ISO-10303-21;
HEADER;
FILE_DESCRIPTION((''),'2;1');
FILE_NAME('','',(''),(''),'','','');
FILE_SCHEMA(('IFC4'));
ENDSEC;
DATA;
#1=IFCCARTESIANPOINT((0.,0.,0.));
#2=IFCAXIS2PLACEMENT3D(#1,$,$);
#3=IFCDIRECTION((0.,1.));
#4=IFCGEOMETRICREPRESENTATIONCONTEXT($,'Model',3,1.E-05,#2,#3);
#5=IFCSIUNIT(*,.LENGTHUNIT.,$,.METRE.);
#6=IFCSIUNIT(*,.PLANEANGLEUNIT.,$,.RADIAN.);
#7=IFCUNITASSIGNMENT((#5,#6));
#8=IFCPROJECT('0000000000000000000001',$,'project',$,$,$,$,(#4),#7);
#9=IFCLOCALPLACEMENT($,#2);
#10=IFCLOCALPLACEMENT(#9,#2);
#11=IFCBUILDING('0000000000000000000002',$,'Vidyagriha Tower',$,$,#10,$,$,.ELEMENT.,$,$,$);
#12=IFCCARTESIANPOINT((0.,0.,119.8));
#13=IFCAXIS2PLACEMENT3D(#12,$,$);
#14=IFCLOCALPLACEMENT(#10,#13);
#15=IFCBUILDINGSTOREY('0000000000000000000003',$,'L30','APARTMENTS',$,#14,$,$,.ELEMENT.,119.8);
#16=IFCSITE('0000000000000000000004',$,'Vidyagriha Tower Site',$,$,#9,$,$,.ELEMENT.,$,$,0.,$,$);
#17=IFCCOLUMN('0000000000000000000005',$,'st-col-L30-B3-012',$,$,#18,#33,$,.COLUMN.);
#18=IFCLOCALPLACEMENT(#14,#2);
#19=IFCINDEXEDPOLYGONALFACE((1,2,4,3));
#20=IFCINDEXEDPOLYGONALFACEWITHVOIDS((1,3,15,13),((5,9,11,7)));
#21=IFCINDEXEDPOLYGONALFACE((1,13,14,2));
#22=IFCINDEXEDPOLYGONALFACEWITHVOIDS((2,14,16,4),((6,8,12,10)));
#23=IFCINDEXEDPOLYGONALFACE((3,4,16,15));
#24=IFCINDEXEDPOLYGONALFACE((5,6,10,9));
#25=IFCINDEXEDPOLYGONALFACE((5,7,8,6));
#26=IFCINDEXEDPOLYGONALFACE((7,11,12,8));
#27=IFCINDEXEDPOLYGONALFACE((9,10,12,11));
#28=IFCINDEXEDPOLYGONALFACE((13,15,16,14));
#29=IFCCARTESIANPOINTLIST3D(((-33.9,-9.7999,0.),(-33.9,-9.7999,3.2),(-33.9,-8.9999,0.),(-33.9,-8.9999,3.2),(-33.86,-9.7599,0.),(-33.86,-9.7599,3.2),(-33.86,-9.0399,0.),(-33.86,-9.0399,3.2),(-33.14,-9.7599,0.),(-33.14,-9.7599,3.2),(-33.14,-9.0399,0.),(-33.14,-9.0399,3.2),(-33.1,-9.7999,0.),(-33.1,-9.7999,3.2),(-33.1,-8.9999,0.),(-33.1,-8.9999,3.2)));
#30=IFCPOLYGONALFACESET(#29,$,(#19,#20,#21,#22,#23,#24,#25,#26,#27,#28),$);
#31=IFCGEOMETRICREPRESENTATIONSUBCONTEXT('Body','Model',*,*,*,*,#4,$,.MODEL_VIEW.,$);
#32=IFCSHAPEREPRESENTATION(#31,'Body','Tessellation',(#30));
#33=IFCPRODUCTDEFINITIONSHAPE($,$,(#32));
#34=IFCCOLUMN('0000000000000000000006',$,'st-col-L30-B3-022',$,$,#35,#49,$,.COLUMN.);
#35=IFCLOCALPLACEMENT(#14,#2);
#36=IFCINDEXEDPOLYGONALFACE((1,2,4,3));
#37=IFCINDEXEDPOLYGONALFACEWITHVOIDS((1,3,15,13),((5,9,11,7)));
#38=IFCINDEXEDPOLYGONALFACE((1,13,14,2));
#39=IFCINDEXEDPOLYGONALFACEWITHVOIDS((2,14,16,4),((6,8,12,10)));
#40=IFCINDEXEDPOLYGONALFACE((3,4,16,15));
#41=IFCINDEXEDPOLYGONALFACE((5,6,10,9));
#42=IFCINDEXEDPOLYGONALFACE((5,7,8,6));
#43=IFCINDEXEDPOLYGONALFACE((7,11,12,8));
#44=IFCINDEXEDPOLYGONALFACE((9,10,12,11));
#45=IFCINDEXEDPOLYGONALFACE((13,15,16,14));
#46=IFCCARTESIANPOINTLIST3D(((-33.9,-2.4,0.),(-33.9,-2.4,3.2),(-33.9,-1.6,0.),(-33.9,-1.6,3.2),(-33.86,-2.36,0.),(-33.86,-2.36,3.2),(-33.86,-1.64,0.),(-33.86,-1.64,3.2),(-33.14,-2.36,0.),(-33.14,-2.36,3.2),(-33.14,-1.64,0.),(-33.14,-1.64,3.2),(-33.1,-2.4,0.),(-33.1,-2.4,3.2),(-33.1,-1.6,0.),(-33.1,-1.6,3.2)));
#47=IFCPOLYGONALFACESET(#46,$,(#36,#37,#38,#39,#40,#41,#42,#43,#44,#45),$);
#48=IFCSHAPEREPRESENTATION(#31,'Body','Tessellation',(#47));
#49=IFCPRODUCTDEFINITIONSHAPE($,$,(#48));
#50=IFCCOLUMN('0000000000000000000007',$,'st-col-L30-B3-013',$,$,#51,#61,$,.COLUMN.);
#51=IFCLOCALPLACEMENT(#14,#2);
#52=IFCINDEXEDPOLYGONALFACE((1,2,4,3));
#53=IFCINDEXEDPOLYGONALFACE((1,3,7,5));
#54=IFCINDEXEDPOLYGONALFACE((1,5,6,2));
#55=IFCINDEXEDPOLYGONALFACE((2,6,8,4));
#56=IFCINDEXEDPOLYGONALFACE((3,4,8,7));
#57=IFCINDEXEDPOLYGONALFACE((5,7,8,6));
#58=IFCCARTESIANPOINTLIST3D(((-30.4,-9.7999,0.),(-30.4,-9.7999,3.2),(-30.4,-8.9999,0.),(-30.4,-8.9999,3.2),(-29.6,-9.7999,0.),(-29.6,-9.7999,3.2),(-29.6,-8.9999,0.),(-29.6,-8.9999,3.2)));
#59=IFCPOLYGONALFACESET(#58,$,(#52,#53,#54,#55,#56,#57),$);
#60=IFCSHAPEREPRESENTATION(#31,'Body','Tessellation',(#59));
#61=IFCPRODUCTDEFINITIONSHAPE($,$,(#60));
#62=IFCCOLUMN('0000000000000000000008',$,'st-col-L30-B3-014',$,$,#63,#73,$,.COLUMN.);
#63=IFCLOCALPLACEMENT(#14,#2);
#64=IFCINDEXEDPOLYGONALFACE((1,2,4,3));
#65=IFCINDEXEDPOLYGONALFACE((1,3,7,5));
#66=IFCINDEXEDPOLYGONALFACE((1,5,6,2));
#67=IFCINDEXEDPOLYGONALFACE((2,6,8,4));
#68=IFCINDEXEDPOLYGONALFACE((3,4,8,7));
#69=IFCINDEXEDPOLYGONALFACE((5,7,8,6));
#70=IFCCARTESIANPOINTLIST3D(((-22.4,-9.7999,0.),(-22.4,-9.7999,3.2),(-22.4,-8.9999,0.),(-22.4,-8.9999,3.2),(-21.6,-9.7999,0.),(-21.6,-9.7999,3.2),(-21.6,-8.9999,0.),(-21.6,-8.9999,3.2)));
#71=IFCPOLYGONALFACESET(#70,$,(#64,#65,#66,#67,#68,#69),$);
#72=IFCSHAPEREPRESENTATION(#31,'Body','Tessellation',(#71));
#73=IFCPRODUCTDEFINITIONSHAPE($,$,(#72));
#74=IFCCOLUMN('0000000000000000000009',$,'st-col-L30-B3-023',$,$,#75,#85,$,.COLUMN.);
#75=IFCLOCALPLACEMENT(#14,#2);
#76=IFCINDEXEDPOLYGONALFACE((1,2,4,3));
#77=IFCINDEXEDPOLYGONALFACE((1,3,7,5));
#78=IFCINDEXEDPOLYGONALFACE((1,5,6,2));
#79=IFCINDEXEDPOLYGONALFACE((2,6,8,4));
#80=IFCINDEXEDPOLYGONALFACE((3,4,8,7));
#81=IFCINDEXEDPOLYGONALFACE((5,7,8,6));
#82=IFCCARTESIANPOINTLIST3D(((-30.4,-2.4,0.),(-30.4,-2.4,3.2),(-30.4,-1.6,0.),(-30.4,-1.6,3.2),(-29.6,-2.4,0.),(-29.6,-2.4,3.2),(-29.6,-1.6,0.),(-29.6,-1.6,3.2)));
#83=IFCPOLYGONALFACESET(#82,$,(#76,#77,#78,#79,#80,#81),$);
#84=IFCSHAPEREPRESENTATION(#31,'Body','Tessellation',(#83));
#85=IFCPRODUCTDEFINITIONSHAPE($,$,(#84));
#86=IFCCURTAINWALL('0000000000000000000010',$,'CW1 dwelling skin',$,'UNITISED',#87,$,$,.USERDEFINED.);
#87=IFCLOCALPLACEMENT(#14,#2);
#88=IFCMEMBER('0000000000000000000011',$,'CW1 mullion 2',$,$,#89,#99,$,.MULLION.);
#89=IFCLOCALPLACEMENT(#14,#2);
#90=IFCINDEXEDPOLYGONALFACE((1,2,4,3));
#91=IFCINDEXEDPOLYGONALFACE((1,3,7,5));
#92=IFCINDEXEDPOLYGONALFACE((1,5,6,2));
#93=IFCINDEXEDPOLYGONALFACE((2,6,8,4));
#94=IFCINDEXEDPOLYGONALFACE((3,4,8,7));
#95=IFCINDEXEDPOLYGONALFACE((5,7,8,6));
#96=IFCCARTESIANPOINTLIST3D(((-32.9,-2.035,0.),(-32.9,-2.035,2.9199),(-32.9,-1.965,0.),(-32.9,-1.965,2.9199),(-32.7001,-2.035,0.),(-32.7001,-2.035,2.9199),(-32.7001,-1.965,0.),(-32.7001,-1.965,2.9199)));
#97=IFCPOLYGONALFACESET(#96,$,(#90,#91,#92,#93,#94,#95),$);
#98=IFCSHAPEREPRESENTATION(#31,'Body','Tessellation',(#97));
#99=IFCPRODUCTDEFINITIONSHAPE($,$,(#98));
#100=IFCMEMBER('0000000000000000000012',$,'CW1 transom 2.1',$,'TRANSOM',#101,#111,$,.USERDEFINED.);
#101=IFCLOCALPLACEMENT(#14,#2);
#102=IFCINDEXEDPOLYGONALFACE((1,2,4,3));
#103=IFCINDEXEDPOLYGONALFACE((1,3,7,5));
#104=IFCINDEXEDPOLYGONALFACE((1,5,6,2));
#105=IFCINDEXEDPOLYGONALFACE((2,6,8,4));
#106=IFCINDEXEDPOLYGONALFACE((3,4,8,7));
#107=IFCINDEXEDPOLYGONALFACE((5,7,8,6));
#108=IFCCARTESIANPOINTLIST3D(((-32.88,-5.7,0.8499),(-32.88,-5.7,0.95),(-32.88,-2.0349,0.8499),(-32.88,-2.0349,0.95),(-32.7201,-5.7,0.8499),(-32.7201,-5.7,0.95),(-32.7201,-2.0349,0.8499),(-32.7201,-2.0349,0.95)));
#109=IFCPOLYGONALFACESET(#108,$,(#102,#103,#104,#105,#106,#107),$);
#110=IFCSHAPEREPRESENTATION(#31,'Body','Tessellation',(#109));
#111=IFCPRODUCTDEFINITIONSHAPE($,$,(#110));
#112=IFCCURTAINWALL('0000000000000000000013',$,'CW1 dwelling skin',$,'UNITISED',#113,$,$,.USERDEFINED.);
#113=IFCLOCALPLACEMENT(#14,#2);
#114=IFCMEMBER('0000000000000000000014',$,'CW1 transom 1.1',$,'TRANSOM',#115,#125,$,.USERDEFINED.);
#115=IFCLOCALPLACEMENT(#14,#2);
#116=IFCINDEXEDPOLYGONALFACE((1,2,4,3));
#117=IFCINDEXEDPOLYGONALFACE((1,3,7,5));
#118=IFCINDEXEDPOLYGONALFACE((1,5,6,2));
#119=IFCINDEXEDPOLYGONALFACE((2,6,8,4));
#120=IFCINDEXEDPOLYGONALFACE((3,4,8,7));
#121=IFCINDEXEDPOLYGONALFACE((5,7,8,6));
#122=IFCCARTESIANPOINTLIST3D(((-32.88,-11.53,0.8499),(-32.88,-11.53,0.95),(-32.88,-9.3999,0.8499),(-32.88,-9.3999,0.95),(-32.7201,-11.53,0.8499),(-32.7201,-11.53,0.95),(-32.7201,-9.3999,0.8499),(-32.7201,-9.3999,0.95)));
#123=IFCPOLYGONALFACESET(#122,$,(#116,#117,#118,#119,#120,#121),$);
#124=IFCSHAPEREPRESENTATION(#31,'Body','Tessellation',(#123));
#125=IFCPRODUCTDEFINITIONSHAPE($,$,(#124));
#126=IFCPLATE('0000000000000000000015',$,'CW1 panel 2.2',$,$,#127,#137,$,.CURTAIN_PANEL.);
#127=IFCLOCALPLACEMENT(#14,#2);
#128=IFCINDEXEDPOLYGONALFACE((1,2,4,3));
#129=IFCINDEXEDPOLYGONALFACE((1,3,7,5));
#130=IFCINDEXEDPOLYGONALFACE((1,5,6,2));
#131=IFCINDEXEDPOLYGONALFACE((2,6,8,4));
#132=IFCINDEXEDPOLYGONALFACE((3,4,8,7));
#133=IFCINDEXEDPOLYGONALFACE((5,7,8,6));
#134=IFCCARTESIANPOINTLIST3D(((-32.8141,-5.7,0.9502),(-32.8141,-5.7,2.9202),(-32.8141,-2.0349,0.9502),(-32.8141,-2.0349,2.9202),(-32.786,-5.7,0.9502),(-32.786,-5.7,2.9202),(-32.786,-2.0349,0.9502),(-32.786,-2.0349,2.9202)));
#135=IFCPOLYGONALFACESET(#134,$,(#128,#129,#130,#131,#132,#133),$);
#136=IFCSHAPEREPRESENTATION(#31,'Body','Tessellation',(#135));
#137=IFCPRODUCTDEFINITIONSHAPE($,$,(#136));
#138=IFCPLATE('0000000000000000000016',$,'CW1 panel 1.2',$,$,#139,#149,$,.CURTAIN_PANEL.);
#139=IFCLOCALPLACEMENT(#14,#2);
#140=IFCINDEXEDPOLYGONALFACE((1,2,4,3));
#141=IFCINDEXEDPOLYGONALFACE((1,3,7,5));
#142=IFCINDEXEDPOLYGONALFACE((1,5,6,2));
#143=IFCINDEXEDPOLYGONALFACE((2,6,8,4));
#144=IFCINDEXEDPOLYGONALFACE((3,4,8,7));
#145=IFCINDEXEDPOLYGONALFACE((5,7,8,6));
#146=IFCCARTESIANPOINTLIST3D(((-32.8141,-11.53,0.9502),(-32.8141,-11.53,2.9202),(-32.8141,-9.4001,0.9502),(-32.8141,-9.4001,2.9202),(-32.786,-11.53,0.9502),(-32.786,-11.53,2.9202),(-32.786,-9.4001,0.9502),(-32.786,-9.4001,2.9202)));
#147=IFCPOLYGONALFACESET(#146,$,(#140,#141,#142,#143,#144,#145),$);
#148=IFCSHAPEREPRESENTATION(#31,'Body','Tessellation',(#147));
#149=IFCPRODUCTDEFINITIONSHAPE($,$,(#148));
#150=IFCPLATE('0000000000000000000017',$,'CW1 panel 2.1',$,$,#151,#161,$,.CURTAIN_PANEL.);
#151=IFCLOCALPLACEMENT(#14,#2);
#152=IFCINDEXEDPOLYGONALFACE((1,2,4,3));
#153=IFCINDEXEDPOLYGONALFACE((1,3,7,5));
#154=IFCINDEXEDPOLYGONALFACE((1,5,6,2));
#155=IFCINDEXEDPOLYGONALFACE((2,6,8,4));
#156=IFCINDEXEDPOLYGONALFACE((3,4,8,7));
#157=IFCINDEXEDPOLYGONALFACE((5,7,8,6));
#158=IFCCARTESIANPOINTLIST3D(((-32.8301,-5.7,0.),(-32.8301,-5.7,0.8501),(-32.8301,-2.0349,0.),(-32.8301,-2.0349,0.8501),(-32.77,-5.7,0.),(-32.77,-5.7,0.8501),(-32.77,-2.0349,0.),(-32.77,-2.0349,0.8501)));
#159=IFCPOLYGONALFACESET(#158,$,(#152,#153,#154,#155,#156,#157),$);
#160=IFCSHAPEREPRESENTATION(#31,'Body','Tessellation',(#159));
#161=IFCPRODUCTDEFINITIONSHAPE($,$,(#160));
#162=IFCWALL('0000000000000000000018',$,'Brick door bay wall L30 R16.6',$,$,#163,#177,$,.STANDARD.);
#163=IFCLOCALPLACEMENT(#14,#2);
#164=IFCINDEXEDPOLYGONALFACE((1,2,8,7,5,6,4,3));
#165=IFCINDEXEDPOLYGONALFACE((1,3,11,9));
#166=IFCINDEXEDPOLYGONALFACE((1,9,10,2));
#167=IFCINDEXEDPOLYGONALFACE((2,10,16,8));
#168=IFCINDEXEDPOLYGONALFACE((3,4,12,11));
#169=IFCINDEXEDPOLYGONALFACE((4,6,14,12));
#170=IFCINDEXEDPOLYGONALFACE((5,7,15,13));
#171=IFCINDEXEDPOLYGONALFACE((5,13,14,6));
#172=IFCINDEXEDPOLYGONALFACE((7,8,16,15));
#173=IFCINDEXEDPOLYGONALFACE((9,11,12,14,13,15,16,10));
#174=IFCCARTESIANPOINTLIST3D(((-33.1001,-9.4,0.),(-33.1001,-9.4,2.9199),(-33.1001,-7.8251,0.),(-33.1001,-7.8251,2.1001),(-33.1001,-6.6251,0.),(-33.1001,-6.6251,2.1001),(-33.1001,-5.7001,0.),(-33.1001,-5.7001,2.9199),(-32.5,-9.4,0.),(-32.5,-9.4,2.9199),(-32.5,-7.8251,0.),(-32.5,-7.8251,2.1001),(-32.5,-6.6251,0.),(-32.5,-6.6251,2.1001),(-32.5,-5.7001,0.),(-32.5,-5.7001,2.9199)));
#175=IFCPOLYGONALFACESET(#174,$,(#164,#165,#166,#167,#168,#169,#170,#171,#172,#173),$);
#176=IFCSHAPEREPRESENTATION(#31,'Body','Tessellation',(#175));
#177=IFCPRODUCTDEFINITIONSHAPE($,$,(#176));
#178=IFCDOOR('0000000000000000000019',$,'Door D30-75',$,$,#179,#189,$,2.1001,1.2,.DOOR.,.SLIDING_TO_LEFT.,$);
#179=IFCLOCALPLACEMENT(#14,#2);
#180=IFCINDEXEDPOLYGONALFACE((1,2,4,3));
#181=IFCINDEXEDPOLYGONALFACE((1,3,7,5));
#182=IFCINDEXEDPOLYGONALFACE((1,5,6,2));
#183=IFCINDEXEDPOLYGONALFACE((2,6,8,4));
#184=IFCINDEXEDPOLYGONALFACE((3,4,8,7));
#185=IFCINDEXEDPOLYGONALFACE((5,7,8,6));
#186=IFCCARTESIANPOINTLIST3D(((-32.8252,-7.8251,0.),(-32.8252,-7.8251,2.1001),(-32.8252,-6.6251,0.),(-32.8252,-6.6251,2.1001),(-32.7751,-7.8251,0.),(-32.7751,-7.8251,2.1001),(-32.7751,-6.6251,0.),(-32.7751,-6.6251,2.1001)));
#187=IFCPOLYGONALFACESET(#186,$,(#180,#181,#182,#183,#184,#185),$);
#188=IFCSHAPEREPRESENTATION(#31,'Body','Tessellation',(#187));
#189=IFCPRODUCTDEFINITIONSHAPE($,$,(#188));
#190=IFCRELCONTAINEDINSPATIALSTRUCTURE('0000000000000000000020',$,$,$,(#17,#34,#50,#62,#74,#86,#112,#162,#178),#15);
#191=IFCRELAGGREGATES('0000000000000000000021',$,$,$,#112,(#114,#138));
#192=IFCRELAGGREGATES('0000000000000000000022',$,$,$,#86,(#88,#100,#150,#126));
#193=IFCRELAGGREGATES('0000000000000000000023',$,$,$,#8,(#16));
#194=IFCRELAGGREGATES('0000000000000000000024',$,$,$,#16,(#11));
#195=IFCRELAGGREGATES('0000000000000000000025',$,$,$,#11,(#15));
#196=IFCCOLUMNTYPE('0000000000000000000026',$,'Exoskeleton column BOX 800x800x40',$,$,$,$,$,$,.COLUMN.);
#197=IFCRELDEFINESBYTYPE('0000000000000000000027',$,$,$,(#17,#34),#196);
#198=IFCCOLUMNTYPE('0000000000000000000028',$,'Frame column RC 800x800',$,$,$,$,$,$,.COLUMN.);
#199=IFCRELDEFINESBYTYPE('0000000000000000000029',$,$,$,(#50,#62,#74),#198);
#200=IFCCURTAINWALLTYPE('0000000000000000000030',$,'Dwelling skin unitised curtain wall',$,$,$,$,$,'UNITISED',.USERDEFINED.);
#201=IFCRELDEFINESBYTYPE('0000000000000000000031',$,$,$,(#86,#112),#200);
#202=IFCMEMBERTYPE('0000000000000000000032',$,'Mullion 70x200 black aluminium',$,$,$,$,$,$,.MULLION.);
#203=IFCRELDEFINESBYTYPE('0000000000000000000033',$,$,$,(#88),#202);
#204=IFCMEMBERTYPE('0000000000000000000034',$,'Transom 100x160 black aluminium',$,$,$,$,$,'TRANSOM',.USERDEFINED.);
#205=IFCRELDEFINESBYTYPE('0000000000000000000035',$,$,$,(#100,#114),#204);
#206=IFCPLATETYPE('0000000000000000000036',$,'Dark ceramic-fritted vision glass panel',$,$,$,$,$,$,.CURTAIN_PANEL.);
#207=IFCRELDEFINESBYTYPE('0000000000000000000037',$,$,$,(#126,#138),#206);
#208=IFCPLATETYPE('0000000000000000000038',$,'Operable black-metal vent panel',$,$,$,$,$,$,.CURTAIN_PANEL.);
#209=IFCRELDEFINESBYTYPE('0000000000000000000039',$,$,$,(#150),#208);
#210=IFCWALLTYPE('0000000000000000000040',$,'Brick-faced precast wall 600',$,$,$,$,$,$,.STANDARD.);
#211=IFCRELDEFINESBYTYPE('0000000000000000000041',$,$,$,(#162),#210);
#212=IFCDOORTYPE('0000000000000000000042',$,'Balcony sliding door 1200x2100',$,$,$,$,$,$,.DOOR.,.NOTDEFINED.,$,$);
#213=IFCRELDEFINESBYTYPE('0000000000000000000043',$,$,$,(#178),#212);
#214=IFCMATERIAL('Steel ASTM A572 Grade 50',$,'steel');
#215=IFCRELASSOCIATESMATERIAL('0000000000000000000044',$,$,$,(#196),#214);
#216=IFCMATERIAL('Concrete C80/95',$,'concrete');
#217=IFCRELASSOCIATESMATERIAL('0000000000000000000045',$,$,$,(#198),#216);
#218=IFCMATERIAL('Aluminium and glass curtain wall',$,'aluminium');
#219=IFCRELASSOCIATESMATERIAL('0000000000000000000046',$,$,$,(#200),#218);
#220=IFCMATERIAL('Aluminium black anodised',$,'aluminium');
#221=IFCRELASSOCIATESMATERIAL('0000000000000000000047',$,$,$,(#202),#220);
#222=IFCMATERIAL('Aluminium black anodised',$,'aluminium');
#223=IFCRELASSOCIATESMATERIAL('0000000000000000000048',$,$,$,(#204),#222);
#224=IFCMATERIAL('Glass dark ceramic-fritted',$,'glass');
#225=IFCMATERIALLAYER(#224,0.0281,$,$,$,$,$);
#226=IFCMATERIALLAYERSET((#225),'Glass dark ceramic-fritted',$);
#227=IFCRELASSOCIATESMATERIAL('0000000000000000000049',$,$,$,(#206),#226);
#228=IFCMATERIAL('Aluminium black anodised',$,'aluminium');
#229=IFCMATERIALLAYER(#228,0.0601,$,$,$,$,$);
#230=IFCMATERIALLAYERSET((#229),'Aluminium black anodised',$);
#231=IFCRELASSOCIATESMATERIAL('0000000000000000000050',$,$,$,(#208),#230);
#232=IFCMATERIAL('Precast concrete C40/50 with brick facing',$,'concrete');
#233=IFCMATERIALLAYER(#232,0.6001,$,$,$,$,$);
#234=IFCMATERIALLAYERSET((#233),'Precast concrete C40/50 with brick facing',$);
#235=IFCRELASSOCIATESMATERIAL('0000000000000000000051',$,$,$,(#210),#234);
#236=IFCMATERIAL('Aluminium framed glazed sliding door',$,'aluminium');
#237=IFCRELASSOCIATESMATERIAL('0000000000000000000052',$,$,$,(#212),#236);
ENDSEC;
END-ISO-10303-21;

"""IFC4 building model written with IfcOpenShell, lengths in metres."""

from ifc_helpers import new_model, si_unit, direction, frame, frame_2d, origin, origin_2d, place, context, subcontext, project, spatial, rectangle, hollow_rectangle, extrude, material, layer, layer_set, material_profile, profile_set, type_object, element, fill, aggregate, save


model = new_model("IFC4")

# Units and contexts
model_context = context("Model", 3, precision=1e-05, world=origin(), true_north=direction((0.0, 1.0)))
body_context = subcontext(model_context, "Body", "Model", "MODEL_VIEW")
ifc_project = project(units=[si_unit("LENGTHUNIT", "METRE"), si_unit("PLANEANGLEUNIT", "RADIAN")], contexts=[model_context])

# Site, building, storey
site_placement = place(None, origin())
site = spatial("IfcSite", under=ifc_project, at=site_placement, Name="Vidyagriha Tower Site", CompositionType="ELEMENT", RefElevation=0.0)
building_placement = place(site_placement, origin())
building = spatial("IfcBuilding", under=site, at=building_placement, Name="Vidyagriha Tower", CompositionType="ELEMENT")
storey_placement = place(building_placement, frame((0.0, 0.0, 119.8)))
storey = spatial("IfcBuildingStorey", under=building, at=storey_placement, Name="L30", Description="APARTMENTS", CompositionType="ELEMENT", Elevation=119.8)

# Columns
ifc_material_1 = material(Name="Steel ASTM A572 Grade 50", Category="steel")
ifc_material_profile_1 = material_profile(ifc_material_1, hollow_rectangle(XDim=0.8, YDim=0.8, WallThickness=0.04, at=origin_2d()), Name="BOX 800x800x40")
ifc_profile_set_1 = profile_set([ifc_material_profile_1], Name="Steel ASTM A572 Grade 50")
column_type_1 = type_object("IfcColumnType", Name="Exoskeleton column BOX 800x800x40", PredefinedType="COLUMN", material=ifc_profile_set_1)
for number, where, name in (
    (1, (-33.5, -9.3999, 0.0), "st-col-L30-B3-012"),
    (2, (-33.5, -2.0, 0.0), "st-col-L30-B3-022"),
):
    element("IfcColumn", number, at=place(storey_placement, frame(where)), inside=storey, type_object=column_type_1, Name=name, PredefinedType="COLUMN", context=body_context, shape_type="SweptSolid", body=[
        extrude(hollow_rectangle(XDim=0.8, YDim=0.8, WallThickness=0.04, at=origin_2d()), origin(), (0.0, 0.0, 1.0), 3.2),
    ])
ifc_material_2 = material(Name="Concrete C80/95", Category="concrete")
ifc_material_profile_2 = material_profile(ifc_material_2, rectangle(XDim=0.8, YDim=0.8, at=origin_2d()), Name="RC 800x800")
ifc_profile_set_2 = profile_set([ifc_material_profile_2], Name="Concrete C80/95")
column_type_2 = type_object("IfcColumnType", Name="Frame column RC 800x800", PredefinedType="COLUMN", material=ifc_profile_set_2)
for number, where, name in (
    (3, (-30.0, -9.3999, 0.0), "st-col-L30-B3-013"),
    (4, (-22.0, -9.3999, 0.0), "st-col-L30-B3-014"),
    (5, (-30.0, -2.0, 0.0), "st-col-L30-B3-023"),
):
    element("IfcColumn", number, at=place(storey_placement, frame(where)), inside=storey, type_object=column_type_2, Name=name, PredefinedType="COLUMN", context=body_context, shape_type="SweptSolid", body=[
        extrude(rectangle(XDim=0.8, YDim=0.8, at=origin_2d()), origin(), (0.0, 0.0, 1.0), 3.2),
    ])

# Curtain wall, members
ifc_material_3 = material(Name="Aluminium and glass curtain wall", Category="aluminium")
curtain_wall_type = type_object("IfcCurtainWallType", Name="Dwelling skin unitised curtain wall", ElementType="UNITISED", PredefinedType="USERDEFINED", material=ifc_material_3)
curtain_wall_1_placement = place(storey_placement, origin())
curtain_wall_1 = element("IfcCurtainWall", 6, at=curtain_wall_1_placement, inside=storey, type_object=curtain_wall_type, Name="CW1 dwelling skin", ObjectType="UNITISED", PredefinedType="USERDEFINED")
ifc_material_4 = material(Name="Aluminium black anodised", Category="aluminium")
ifc_material_profile_3 = material_profile(ifc_material_4, rectangle(XDim=0.2, YDim=0.0701, at=origin_2d()), Name="Mullion 70x200 black aluminium")
ifc_profile_set_3 = profile_set([ifc_material_profile_3], Name="Aluminium black anodised")
member_type_1 = type_object("IfcMemberType", Name="Mullion 70x200 black aluminium", PredefinedType="MULLION", material=ifc_profile_set_3)
member_1_placement = place(storey_placement, frame((-32.8, -2.0, 0.0)))
member_1 = element("IfcMember", 7, at=member_1_placement, type_object=member_type_1, Name="CW1 mullion 2", PredefinedType="MULLION", context=body_context, shape_type="SweptSolid", body=[
    extrude(rectangle(XDim=0.2, YDim=0.0701, at=origin_2d()), origin(), (0.0, 0.0, 1.0), 2.9199),
])
ifc_material_5 = material(Name="Aluminium black anodised", Category="aluminium")
ifc_material_profile_4 = material_profile(ifc_material_5, rectangle(XDim=0.1599, YDim=0.1001, at=origin_2d()), Name="Transom 100x160 black aluminium")
ifc_profile_set_4 = profile_set([ifc_material_profile_4], Name="Aluminium black anodised")
member_type_2 = type_object("IfcMemberType", Name="Transom 100x160 black aluminium", ElementType="TRANSOM", PredefinedType="USERDEFINED", material=ifc_profile_set_4)
member_2_placement = place(storey_placement, frame((-32.8, -2.0349, 0.8999), z_axis=(0.0, -1.0, 0.0), x_axis=(1.0, 0.0, 0.0)))
member_2 = element("IfcMember", 8, at=member_2_placement, type_object=member_type_2, Name="CW1 transom 2.1", ObjectType="TRANSOM", PredefinedType="USERDEFINED", context=body_context, shape_type="SweptSolid", body=[
    extrude(rectangle(XDim=0.1599, YDim=0.1001, at=origin_2d()), origin(), (0.0, 0.0, 1.0), 3.665),
])

# Curtain wall, member
curtain_wall_2_placement = place(storey_placement, origin())
curtain_wall_2 = element("IfcCurtainWall", 9, at=curtain_wall_2_placement, inside=storey, type_object=curtain_wall_type, Name="CW1 dwelling skin", ObjectType="UNITISED", PredefinedType="USERDEFINED")
member_3_placement = place(storey_placement, frame((-32.8, -9.3999, 0.8999), z_axis=(0.0, -1.0, 0.0), x_axis=(1.0, 0.0, 0.0)))
member_3 = element("IfcMember", 10, at=member_3_placement, type_object=member_type_2, Name="CW1 transom 1.1", ObjectType="TRANSOM", PredefinedType="USERDEFINED", context=body_context, shape_type="SweptSolid", body=[
    extrude(rectangle(XDim=0.1599, YDim=0.1001, at=origin_2d()), origin(), (0.0, 0.0, 1.0), 2.1301),
])

# Plates
ifc_material_6 = material(Name="Glass dark ceramic-fritted", Category="glass")
ifc_layer_1 = layer(ifc_material_6, 0.0281)
ifc_layer_set_1 = layer_set([ifc_layer_1], Name="Glass dark ceramic-fritted")
plate_type_1 = type_object("IfcPlateType", Name="Dark ceramic-fritted vision glass panel", PredefinedType="CURTAIN_PANEL", material=ifc_layer_set_1)
plate_1_placement = place(storey_placement, frame((-32.8, -3.8674, 0.9502), z_axis=(0.0, 0.0, 1.0), x_axis=(0.0, -1.0, 0.0)))
plate_1 = element("IfcPlate", 11, at=plate_1_placement, type_object=plate_type_1, Name="CW1 panel 2.2", PredefinedType="CURTAIN_PANEL", context=body_context, shape_type="SweptSolid", body=[
    extrude(rectangle(XDim=3.665, YDim=0.0281, at=origin_2d()), origin(), (0.0, 0.0, 1.0), 1.97),
])
plate_2_placement = place(storey_placement, frame((-32.8, -10.4651, 0.9502), z_axis=(0.0, 0.0, 1.0), x_axis=(0.0, -1.0, 0.0)))
plate_2 = element("IfcPlate", 12, at=plate_2_placement, type_object=plate_type_1, Name="CW1 panel 1.2", PredefinedType="CURTAIN_PANEL", context=body_context, shape_type="SweptSolid", body=[
    extrude(rectangle(XDim=2.1299, YDim=0.0281, at=origin_2d()), origin(), (0.0, 0.0, 1.0), 1.97),
])
aggregate(curtain_wall_2, [member_3, plate_2])
ifc_material_7 = material(Name="Aluminium black anodised", Category="aluminium")
ifc_layer_2 = layer(ifc_material_7, 0.0601)
ifc_layer_set_2 = layer_set([ifc_layer_2], Name="Aluminium black anodised")
plate_type_2 = type_object("IfcPlateType", Name="Operable black-metal vent panel", PredefinedType="CURTAIN_PANEL", material=ifc_layer_set_2)
plate_3_placement = place(storey_placement, frame((-32.8, -3.8674, 0.0), z_axis=(0.0, 0.0, 1.0), x_axis=(0.0, -1.0, 0.0)))
plate_3 = element("IfcPlate", 13, at=plate_3_placement, type_object=plate_type_2, Name="CW1 panel 2.1", PredefinedType="CURTAIN_PANEL", context=body_context, shape_type="SweptSolid", body=[
    extrude(rectangle(XDim=3.665, YDim=0.0601, at=origin_2d()), origin(), (0.0, 0.0, 1.0), 0.8501),
])
aggregate(curtain_wall_1, [member_1, member_2, plate_3, plate_1])

# Wall, opening, door
ifc_material_8 = material(Name="Precast concrete C40/50 with brick facing", Category="concrete")
ifc_layer_3 = layer(ifc_material_8, 0.6001)
ifc_layer_set_3 = layer_set([ifc_layer_3], Name="Precast concrete C40/50 with brick facing")
wall_type_1 = type_object("IfcWallType", Name="Brick-faced precast wall 600", PredefinedType="STANDARD", material=ifc_layer_set_3)
wall_1_placement = place(storey_placement, frame((-32.8, -5.7, 0.0), z_axis=(0.0, 0.0, 1.0), x_axis=(0.0, -1.0, 0.0)))
wall_1 = element("IfcWall", 14, at=wall_1_placement, inside=storey, type_object=wall_type_1, Name="Brick door bay wall L30 R16.6", PredefinedType="STANDARD", context=body_context, shape_type="SweptSolid", body=[
    extrude(rectangle(XDim=3.7, YDim=0.6001, at=frame_2d((1.8501, 0.0))), origin(), (0.0, 0.0, 1.0), 2.9199),
])
opening_1_placement = place(wall_1_placement, frame((0.925, 0.0, 0.0)))
opening_1 = element("IfcOpeningElement", 15, at=opening_1_placement, cuts=wall_1, PredefinedType="OPENING", context=body_context, shape_type="SweptSolid", body=[
    extrude(rectangle(XDim=1.2, YDim=2.1001, at=frame_2d((0.6001, 1.05))), frame((0.0, 0.3101, 0.0), z_axis=(0.0, -1.0, 0.0), x_axis=(1.0, 0.0, 0.0)), (0.0, 0.0, 1.0), 0.6201),
])
ifc_material_9 = material(Name="Aluminium framed glazed sliding door", Category="aluminium")
door_type_1 = type_object("IfcDoorType", Name="Balcony sliding door 1200x2100", OperationType="NOTDEFINED", PredefinedType="DOOR", material=ifc_material_9)
door_1_placement = place(opening_1_placement, origin())
door_1 = element("IfcDoor", 16, at=door_1_placement, inside=storey, type_object=door_type_1, Name="Door D30-75", OperationType="SLIDING_TO_LEFT", OverallHeight=2.1001, OverallWidth=1.2, PredefinedType="DOOR", context=body_context, shape_type="SweptSolid", body=[
    extrude(rectangle(XDim=1.2, YDim=2.1001, at=frame_2d((0.6001, 1.05))), frame((0.0, 0.0249, 0.0), z_axis=(0.0, -1.0, 0.0), x_axis=(1.0, 0.0, 0.0)), (0.0, 0.0, 1.0), 0.05),
])
fill(opening_1, door_1)

save(model, "model.ifc")
